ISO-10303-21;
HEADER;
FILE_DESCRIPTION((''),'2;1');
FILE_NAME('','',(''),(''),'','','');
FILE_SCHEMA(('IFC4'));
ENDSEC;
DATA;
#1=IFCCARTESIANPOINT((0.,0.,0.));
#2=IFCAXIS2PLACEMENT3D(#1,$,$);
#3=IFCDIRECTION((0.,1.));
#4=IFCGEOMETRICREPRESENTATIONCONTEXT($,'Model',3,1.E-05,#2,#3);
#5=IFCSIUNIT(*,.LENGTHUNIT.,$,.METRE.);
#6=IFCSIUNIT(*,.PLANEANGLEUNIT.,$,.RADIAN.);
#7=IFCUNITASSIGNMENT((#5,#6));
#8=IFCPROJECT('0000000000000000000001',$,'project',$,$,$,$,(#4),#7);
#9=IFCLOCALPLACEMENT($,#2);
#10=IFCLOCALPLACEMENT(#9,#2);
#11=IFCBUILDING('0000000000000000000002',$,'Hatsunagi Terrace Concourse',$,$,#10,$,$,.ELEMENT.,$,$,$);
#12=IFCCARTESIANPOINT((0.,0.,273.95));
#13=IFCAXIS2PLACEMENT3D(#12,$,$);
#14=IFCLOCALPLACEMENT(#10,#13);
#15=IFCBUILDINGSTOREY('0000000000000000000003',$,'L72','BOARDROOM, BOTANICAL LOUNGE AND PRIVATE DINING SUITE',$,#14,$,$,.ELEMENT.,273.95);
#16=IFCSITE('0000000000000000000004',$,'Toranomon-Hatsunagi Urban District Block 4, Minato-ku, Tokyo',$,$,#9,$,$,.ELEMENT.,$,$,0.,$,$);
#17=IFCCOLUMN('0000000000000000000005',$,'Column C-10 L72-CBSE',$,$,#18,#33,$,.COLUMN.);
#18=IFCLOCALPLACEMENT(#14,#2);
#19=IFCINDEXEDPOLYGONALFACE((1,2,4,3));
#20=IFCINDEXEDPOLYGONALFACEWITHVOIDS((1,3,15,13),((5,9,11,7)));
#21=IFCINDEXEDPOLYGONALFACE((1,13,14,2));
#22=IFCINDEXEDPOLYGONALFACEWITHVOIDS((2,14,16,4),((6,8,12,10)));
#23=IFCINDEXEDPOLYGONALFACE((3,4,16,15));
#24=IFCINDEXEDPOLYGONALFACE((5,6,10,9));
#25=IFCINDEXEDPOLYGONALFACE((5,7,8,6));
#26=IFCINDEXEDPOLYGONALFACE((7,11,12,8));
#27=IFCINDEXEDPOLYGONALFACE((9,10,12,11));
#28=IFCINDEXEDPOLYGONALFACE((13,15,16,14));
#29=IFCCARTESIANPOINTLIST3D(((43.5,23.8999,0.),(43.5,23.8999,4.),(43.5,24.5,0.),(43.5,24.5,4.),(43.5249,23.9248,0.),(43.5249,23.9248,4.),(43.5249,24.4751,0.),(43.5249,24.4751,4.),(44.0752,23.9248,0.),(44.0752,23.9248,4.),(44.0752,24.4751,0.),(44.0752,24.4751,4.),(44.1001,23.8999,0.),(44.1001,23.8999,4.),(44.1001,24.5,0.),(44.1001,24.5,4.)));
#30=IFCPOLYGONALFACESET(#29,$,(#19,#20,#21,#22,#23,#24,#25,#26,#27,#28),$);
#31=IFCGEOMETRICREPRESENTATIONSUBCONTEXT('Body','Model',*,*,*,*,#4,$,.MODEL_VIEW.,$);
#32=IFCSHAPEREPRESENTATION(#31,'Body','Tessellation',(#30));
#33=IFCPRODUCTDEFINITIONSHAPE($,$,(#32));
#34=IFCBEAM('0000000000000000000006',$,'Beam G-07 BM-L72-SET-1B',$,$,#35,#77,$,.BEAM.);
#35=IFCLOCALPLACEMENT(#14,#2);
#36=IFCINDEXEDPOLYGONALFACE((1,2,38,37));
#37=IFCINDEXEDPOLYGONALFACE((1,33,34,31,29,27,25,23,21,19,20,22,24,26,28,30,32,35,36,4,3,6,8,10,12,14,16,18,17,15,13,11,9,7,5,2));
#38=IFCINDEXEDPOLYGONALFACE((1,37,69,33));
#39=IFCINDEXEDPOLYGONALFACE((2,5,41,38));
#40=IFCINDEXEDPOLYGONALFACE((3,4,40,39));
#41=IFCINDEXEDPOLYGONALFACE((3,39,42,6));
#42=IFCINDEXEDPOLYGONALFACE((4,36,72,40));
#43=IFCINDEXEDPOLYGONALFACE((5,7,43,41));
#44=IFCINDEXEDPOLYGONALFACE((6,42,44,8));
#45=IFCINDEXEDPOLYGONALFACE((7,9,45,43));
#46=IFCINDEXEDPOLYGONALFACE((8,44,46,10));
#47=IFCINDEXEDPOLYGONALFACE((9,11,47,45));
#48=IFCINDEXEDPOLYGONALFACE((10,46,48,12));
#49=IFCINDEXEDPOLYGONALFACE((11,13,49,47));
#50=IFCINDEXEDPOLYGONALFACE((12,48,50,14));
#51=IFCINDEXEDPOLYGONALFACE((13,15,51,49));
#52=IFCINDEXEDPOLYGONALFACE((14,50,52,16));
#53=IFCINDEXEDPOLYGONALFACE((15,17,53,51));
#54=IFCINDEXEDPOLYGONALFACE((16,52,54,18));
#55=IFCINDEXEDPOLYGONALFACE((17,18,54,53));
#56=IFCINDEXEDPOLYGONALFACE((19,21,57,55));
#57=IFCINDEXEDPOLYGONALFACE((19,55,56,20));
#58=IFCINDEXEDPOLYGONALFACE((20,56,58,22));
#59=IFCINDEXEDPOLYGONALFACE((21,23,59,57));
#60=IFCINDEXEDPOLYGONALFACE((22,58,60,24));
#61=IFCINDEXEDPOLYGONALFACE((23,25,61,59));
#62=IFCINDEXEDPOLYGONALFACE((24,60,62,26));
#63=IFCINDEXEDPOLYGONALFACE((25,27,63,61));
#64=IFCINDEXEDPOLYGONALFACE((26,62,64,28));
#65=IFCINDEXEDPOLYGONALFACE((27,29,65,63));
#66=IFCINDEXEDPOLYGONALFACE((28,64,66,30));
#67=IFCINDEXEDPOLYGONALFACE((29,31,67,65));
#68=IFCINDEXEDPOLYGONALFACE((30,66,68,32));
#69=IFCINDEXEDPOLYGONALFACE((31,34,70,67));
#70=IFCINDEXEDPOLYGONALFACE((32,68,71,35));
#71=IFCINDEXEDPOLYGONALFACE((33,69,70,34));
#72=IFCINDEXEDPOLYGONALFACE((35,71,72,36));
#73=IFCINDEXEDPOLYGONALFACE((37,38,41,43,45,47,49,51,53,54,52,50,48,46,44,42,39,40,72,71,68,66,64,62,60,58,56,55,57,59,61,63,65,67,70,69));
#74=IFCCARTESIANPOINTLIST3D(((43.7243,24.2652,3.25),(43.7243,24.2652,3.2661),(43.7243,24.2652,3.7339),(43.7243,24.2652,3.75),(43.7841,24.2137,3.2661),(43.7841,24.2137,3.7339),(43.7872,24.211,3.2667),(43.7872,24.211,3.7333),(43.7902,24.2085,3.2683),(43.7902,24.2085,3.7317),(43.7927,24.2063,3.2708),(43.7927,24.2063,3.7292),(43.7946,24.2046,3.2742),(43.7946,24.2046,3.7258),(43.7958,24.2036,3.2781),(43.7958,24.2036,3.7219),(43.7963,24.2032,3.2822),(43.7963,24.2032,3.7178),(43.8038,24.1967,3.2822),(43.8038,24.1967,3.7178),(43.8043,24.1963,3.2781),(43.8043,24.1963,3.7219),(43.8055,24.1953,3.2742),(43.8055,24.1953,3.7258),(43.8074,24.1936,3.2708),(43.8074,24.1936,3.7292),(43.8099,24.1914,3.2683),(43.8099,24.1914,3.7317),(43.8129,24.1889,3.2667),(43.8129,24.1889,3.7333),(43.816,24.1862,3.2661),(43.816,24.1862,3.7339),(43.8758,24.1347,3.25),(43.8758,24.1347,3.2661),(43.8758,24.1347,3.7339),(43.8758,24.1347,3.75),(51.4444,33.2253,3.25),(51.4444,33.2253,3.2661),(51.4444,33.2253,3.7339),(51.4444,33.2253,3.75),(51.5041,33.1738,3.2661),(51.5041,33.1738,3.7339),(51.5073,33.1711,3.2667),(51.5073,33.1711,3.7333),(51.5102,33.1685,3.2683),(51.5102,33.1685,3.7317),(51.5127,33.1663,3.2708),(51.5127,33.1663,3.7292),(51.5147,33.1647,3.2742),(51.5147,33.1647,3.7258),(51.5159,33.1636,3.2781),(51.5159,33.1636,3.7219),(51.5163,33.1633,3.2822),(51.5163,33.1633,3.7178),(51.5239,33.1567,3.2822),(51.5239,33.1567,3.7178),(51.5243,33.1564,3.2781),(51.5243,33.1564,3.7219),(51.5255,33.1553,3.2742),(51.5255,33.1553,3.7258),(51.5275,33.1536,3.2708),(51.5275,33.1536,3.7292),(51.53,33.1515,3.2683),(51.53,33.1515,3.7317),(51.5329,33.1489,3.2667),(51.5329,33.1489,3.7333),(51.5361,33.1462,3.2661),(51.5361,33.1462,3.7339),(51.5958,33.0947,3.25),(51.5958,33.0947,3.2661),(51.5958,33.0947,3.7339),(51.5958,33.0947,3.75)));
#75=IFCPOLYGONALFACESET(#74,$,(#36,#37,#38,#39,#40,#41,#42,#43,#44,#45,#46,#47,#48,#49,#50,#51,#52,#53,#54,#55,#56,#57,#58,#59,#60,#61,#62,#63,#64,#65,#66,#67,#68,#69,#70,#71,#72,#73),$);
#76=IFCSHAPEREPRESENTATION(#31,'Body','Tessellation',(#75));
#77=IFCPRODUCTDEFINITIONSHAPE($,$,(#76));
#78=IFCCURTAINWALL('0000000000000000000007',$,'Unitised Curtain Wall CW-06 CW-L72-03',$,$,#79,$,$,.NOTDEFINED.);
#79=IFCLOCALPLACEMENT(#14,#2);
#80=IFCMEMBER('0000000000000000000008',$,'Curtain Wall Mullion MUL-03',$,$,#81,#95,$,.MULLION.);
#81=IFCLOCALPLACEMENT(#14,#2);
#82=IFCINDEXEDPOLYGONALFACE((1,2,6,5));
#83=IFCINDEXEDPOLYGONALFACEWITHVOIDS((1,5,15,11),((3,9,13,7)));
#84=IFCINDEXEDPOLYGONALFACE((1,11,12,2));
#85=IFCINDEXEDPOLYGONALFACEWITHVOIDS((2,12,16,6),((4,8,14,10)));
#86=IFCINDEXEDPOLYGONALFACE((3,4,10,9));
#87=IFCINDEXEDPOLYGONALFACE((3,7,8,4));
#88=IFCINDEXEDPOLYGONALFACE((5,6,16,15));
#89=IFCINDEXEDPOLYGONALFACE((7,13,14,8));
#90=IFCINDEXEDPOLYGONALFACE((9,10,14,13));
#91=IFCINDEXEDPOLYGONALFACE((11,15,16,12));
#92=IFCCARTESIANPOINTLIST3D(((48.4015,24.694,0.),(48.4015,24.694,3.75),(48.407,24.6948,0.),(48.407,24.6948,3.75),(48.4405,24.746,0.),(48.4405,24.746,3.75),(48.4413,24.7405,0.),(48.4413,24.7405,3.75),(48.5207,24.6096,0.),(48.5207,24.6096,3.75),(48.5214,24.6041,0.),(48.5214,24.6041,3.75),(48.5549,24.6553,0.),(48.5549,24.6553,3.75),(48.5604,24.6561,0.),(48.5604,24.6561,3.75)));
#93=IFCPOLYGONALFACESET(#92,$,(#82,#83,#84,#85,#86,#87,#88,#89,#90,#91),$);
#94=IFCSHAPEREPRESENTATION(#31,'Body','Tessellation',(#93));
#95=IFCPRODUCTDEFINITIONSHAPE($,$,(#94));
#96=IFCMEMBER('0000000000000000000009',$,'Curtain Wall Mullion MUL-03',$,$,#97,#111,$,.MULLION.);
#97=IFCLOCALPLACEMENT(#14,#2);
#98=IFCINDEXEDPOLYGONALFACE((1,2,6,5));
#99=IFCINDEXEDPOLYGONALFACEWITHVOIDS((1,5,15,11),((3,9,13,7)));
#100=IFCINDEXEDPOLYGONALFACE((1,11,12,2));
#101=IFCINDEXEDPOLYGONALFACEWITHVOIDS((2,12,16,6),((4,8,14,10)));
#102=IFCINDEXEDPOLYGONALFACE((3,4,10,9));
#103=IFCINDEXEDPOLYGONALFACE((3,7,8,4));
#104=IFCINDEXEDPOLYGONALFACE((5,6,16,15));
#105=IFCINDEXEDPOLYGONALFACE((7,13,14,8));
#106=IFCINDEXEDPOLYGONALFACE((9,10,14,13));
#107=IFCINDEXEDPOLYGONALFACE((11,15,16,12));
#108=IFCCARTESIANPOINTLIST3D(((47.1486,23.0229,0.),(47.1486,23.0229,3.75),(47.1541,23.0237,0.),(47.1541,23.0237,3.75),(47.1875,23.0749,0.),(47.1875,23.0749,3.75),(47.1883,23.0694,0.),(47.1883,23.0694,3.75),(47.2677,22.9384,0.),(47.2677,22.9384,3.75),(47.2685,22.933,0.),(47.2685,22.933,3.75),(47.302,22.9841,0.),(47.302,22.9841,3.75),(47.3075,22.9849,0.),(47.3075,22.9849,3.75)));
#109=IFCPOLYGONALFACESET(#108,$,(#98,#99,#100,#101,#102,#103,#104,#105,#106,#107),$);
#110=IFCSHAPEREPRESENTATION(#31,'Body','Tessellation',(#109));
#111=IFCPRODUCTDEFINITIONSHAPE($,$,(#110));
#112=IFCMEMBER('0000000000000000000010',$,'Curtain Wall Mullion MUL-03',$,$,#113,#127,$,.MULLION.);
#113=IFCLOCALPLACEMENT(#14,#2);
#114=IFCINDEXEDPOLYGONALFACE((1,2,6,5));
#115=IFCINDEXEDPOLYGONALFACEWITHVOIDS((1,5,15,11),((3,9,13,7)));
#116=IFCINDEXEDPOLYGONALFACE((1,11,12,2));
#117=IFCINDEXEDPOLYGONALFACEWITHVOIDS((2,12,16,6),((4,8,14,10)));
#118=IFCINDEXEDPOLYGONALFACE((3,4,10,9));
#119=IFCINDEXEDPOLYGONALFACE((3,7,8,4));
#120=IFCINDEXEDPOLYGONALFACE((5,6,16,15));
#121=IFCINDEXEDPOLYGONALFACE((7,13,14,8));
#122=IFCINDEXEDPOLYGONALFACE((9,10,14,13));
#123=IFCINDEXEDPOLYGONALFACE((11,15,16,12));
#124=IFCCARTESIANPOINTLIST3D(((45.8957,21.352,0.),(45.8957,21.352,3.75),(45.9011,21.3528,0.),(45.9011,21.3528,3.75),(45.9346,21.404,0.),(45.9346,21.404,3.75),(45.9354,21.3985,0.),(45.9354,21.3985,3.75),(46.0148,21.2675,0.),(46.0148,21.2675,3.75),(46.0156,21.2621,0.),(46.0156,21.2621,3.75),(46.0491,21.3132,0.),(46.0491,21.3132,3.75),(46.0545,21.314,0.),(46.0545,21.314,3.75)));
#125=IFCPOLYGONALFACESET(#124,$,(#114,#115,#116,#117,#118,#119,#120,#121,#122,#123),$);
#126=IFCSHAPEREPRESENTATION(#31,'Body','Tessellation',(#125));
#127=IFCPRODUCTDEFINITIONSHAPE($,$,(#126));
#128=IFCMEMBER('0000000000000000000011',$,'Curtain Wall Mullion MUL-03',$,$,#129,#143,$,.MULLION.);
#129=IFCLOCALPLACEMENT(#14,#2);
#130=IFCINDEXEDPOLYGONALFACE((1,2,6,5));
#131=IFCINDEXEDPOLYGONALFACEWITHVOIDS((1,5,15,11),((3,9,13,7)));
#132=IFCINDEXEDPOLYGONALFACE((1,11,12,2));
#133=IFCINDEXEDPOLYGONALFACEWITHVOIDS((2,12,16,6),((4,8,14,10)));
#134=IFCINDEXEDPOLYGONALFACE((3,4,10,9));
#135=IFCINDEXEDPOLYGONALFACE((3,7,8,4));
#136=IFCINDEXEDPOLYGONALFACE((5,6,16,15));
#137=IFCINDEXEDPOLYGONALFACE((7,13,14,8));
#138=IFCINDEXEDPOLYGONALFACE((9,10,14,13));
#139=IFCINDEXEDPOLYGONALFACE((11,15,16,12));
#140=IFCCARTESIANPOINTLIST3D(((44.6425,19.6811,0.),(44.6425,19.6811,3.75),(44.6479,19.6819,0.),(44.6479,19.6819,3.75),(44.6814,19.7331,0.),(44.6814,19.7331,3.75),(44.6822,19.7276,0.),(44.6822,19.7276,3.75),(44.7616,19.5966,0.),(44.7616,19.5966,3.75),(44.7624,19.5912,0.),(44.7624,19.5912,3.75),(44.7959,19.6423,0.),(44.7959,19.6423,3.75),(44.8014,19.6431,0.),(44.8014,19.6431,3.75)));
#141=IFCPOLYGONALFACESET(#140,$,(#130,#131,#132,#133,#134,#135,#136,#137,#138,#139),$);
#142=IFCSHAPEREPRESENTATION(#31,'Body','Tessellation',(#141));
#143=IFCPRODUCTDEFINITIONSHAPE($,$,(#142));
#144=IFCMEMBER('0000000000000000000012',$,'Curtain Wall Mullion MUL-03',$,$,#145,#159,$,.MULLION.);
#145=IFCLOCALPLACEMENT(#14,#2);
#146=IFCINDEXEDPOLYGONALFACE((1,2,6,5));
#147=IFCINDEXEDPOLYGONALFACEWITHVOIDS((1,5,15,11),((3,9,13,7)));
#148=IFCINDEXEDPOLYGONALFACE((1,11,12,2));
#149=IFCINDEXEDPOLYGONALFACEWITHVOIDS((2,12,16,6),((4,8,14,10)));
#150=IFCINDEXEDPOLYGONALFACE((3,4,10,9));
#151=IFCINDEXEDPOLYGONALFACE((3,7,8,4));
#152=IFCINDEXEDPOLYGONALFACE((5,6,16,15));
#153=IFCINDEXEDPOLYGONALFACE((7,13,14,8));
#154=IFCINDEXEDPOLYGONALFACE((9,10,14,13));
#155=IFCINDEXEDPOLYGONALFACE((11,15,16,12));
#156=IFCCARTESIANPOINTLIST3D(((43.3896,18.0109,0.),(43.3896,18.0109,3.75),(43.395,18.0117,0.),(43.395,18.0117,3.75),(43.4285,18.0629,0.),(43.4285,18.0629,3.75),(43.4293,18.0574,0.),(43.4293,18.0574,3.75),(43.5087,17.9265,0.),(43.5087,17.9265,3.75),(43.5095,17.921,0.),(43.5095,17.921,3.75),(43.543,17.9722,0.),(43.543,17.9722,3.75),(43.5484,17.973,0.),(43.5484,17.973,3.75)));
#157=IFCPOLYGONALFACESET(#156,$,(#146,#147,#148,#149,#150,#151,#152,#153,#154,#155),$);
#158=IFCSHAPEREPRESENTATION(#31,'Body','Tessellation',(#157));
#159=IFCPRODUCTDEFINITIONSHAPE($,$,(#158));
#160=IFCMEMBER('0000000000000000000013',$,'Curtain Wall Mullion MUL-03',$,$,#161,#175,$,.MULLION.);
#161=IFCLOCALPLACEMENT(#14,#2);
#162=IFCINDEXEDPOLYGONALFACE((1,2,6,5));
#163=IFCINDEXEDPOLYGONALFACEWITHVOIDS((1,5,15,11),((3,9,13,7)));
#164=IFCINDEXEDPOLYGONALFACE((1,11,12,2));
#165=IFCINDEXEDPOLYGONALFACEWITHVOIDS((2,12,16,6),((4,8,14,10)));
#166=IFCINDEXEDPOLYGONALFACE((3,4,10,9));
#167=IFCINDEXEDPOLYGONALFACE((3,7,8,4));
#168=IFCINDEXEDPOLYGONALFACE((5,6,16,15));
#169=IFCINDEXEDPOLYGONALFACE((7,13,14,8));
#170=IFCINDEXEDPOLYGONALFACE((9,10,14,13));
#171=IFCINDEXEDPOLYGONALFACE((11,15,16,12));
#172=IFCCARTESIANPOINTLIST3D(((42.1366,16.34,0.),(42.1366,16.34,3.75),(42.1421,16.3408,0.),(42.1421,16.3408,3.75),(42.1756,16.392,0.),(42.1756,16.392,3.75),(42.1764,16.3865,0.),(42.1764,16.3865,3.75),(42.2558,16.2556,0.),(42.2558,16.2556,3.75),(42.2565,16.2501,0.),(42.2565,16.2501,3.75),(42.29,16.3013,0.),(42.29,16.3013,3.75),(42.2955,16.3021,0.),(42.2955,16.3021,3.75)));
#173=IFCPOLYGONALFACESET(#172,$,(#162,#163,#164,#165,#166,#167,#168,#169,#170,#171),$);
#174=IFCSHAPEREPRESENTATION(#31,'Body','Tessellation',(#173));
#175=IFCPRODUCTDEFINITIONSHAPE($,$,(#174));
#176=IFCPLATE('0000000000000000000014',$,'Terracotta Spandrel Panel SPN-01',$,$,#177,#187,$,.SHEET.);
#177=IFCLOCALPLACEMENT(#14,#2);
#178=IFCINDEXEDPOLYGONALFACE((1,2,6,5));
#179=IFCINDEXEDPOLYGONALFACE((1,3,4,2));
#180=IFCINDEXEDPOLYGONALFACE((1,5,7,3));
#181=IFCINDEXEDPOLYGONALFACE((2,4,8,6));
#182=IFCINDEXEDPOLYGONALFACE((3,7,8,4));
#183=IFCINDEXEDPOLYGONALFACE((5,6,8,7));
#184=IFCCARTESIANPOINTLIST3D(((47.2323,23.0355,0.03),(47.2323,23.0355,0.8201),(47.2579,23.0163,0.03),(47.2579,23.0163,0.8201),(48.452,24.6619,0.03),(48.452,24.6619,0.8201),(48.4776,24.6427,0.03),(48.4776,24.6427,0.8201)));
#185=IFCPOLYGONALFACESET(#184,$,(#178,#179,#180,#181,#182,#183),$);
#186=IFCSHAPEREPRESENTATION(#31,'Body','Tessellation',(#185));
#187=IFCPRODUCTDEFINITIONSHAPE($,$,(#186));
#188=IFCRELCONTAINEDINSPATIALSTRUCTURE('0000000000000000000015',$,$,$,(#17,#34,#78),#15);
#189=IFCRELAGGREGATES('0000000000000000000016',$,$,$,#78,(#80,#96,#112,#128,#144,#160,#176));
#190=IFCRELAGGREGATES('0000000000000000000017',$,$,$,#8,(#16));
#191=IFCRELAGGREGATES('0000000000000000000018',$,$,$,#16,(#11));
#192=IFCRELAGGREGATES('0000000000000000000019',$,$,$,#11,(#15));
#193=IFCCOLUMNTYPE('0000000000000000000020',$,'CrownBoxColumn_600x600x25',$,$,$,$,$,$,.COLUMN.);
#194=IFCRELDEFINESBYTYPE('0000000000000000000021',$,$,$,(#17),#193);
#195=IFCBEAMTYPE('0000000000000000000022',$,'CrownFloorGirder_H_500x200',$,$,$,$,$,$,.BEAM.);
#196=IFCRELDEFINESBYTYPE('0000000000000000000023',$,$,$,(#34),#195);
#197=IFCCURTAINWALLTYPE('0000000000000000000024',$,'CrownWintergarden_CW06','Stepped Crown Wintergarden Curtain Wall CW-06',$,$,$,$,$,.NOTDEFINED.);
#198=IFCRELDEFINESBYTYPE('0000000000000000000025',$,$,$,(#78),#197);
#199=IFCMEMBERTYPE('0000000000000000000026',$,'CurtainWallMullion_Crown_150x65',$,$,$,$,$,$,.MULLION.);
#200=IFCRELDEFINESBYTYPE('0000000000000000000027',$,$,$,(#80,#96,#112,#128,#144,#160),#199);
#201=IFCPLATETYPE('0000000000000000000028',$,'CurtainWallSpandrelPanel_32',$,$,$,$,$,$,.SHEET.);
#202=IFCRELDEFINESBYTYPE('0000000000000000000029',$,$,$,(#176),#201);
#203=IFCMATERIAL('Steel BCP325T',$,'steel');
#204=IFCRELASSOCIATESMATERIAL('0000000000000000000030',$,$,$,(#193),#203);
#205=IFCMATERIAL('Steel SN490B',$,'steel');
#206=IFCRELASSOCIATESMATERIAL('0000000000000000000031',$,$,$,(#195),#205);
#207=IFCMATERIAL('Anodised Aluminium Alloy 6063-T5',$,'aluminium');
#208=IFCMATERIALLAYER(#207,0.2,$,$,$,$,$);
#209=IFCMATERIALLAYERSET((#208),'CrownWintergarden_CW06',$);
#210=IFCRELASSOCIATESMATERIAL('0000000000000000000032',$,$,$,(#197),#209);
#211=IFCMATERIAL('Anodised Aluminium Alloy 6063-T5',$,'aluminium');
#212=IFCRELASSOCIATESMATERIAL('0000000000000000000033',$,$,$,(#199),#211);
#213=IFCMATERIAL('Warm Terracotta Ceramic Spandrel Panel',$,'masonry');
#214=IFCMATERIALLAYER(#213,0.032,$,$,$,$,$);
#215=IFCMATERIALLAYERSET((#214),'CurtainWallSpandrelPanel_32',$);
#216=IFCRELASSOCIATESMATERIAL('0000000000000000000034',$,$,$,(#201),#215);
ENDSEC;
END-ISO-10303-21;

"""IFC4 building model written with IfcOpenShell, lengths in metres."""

from ifc_helpers import new_model, si_unit, direction, frame, origin, origin_2d, place, context, subcontext, project, spatial, rectangle, hollow_rectangle, i_section, extrude, material, layer, layer_set, material_profile, profile_set, type_object, element, aggregate, save


model = new_model("IFC4")

# Units and contexts
model_context = context("Model", 3, precision=1e-05, world=origin(), true_north=direction((0.0, 1.0)))
body_context = subcontext(model_context, "Body", "Model", "MODEL_VIEW")
ifc_project = project(units=[si_unit("LENGTHUNIT", "METRE"), si_unit("PLANEANGLEUNIT", "RADIAN")], contexts=[model_context])

# Site, building, storey
site_placement = place(None, origin())
site = spatial("IfcSite", under=ifc_project, at=site_placement, Name="Toranomon-Hatsunagi Urban District Block 4, Minato-ku, Tokyo", CompositionType="ELEMENT", RefElevation=0.0)
building_placement = place(site_placement, origin())
building = spatial("IfcBuilding", under=site, at=building_placement, Name="Hatsunagi Terrace Concourse", CompositionType="ELEMENT")
storey_placement = place(building_placement, frame((0.0, 0.0, 273.95)))
storey = spatial("IfcBuildingStorey", under=building, at=storey_placement, Name="L72", Description="BOARDROOM, BOTANICAL LOUNGE AND PRIVATE DINING SUITE", CompositionType="ELEMENT", Elevation=273.95)

# Column
ifc_material_1 = material(Name="Steel BCP325T", Category="steel")
ifc_material_profile_1 = material_profile(ifc_material_1, hollow_rectangle(XDim=0.6001, YDim=0.6001, WallThickness=0.0249, at=origin_2d()), Name="BCP-600x600x25")
ifc_profile_set_1 = profile_set([ifc_material_profile_1], Name="Steel BCP325T")
column_type = type_object("IfcColumnType", Name="CrownBoxColumn_600x600x25", PredefinedType="COLUMN", material=ifc_profile_set_1)
column_placement = place(storey_placement, frame((43.8, 24.2, 0.0), z_axis=(0.0, 0.0, 1.0), x_axis=(1.0, 0.0, 0.0)))
element("IfcColumn", 1, at=column_placement, inside=storey, type_object=column_type, Name="Column C-10 L72-CBSE", PredefinedType="COLUMN", context=body_context, shape_type="SweptSolid", body=[
    extrude(hollow_rectangle(XDim=0.6001, YDim=0.6001, WallThickness=0.0249, at=origin_2d()), origin(), (0.0, 0.0, 1.0), 4.0),
])

# Beam
ifc_material_2 = material(Name="Steel SN490B", Category="steel")
ifc_material_profile_2 = material_profile(ifc_material_2, i_section(OverallWidth=0.2, OverallDepth=0.5, WebThickness=0.01, FlangeThickness=0.0161, FilletRadius=0.0161, at=origin_2d()), Name="H-500x200x10x16")
ifc_profile_set_2 = profile_set([ifc_material_profile_2], Name="Steel SN490B")
beam_type = type_object("IfcBeamType", Name="CrownFloorGirder_H_500x200", PredefinedType="BEAM", material=ifc_profile_set_2)
beam_placement = place(storey_placement, frame((43.8, 24.2, 3.5), z_axis=(0.652739, 0.757583, 0.0), x_axis=(-0.757583, 0.652739, 0.0)))
element("IfcBeam", 2, at=beam_placement, inside=storey, type_object=beam_type, Name="Beam G-07 BM-L72-SET-1B", PredefinedType="BEAM", context=body_context, shape_type="SweptSolid", body=[
    extrude(i_section(OverallWidth=0.2, OverallDepth=0.5, WebThickness=0.01, FlangeThickness=0.0161, FilletRadius=0.0161, at=origin_2d()), origin(), (0.0, 0.0, 1.0), 11.8271),
])

# Curtain wall, members, plate
ifc_material_3 = material(Name="Anodised Aluminium Alloy 6063-T5", Category="aluminium")
ifc_layer_1 = layer(ifc_material_3, 0.2)
ifc_layer_set_1 = layer_set([ifc_layer_1], Name="CrownWintergarden_CW06")
curtain_wall_type = type_object("IfcCurtainWallType", Name="CrownWintergarden_CW06", Description="Stepped Crown Wintergarden Curtain Wall CW-06", PredefinedType="NOTDEFINED", material=ifc_layer_set_1)
curtain_wall_placement = place(storey_placement, origin())
curtain_wall = element("IfcCurtainWall", 3, at=curtain_wall_placement, inside=storey, type_object=curtain_wall_type, Name="Unitised Curtain Wall CW-06 CW-L72-03", PredefinedType="NOTDEFINED")
ifc_material_4 = material(Name="Anodised Aluminium Alloy 6063-T5", Category="aluminium")
ifc_material_profile_3 = material_profile(ifc_material_4, hollow_rectangle(XDim=0.0649, YDim=0.1499, WallThickness=0.0039, at=origin_2d()), Name="ALU-MUL-150x65x4")
ifc_profile_set_3 = profile_set([ifc_material_profile_3], Name="Anodised Aluminium Alloy 6063-T5")
member_type = type_object("IfcMemberType", Name="CurtainWallMullion_Crown_150x65", PredefinedType="MULLION", material=ifc_profile_set_3)
member_1_placement = place(storey_placement, frame((48.481, 24.675, 0.0), z_axis=(0.0, 0.0, 1.0), x_axis=(-0.599969, -0.800023, 0.0)))
member_1 = element("IfcMember", 4, at=member_1_placement, type_object=member_type, Name="Curtain Wall Mullion MUL-03", PredefinedType="MULLION", context=body_context, shape_type="SweptSolid", body=[
    extrude(hollow_rectangle(XDim=0.0649, YDim=0.1499, WallThickness=0.0039, at=origin_2d()), origin(), (0.0, 0.0, 1.0), 3.75),
])
member_2_placement = place(storey_placement, frame((47.228, 23.0039, 0.0), z_axis=(0.0, 0.0, 1.0), x_axis=(-0.599969, -0.800023, 0.0)))
member_2 = element("IfcMember", 5, at=member_2_placement, type_object=member_type, Name="Curtain Wall Mullion MUL-03", PredefinedType="MULLION", context=body_context, shape_type="SweptSolid", body=[
    extrude(hollow_rectangle(XDim=0.0649, YDim=0.1499, WallThickness=0.0039, at=origin_2d()), origin(), (0.0, 0.0, 1.0), 3.75),
])
member_3_placement = place(storey_placement, frame((45.9751, 21.333, 0.0), z_axis=(0.0, 0.0, 1.0), x_axis=(-0.599969, -0.800023, 0.0)))
member_3 = element("IfcMember", 6, at=member_3_placement, type_object=member_type, Name="Curtain Wall Mullion MUL-03", PredefinedType="MULLION", context=body_context, shape_type="SweptSolid", body=[
    extrude(hollow_rectangle(XDim=0.0649, YDim=0.1499, WallThickness=0.0039, at=origin_2d()), origin(), (0.0, 0.0, 1.0), 3.75),
])
member_4_placement = place(storey_placement, frame((44.7219, 19.6621, 0.0), z_axis=(0.0, 0.0, 1.0), x_axis=(-0.599969, -0.800023, 0.0)))
member_4 = element("IfcMember", 7, at=member_4_placement, type_object=member_type, Name="Curtain Wall Mullion MUL-03", PredefinedType="MULLION", context=body_context, shape_type="SweptSolid", body=[
    extrude(hollow_rectangle(XDim=0.0649, YDim=0.1499, WallThickness=0.0039, at=origin_2d()), origin(), (0.0, 0.0, 1.0), 3.75),
])
member_5_placement = place(storey_placement, frame((43.469, 17.9919, 0.0), z_axis=(0.0, 0.0, 1.0), x_axis=(-0.599969, -0.800023, 0.0)))
member_5 = element("IfcMember", 8, at=member_5_placement, type_object=member_type, Name="Curtain Wall Mullion MUL-03", PredefinedType="MULLION", context=body_context, shape_type="SweptSolid", body=[
    extrude(hollow_rectangle(XDim=0.0649, YDim=0.1499, WallThickness=0.0039, at=origin_2d()), origin(), (0.0, 0.0, 1.0), 3.75),
])
member_6_placement = place(storey_placement, frame((42.2161, 16.321, 0.0), z_axis=(0.0, 0.0, 1.0), x_axis=(-0.599969, -0.800023, 0.0)))
member_6 = element("IfcMember", 9, at=member_6_placement, type_object=member_type, Name="Curtain Wall Mullion MUL-03", PredefinedType="MULLION", context=body_context, shape_type="SweptSolid", body=[
    extrude(hollow_rectangle(XDim=0.0649, YDim=0.1499, WallThickness=0.0039, at=origin_2d()), origin(), (0.0, 0.0, 1.0), 3.75),
])
ifc_material_5 = material(Name="Warm Terracotta Ceramic Spandrel Panel", Category="masonry")
ifc_layer_2 = layer(ifc_material_5, 0.032)
ifc_layer_set_2 = layer_set([ifc_layer_2], Name="CurtainWallSpandrelPanel_32")
plate_type_1 = type_object("IfcPlateType", Name="CurtainWallSpandrelPanel_32", PredefinedType="SHEET", material=ifc_layer_set_2)
plate_1_placement = place(storey_placement, frame((47.855, 23.8391, 0.03), z_axis=(0.0, 0.0, 1.0), x_axis=(-0.599969, -0.800023, 0.0)))
plate_1 = element("IfcPlate", 10, at=plate_1_placement, type_object=plate_type_1, Name="Terracotta Spandrel Panel SPN-01", PredefinedType="SHEET", context=body_context, shape_type="SweptSolid", body=[
    extrude(rectangle(XDim=2.033, YDim=0.032, at=origin_2d()), origin(), (0.0, 0.0, 1.0), 0.79),
])
aggregate(curtain_wall, [member_1, member_2, member_3, member_4, member_5, member_6, plate_1])

save(model, "model.ifc")
